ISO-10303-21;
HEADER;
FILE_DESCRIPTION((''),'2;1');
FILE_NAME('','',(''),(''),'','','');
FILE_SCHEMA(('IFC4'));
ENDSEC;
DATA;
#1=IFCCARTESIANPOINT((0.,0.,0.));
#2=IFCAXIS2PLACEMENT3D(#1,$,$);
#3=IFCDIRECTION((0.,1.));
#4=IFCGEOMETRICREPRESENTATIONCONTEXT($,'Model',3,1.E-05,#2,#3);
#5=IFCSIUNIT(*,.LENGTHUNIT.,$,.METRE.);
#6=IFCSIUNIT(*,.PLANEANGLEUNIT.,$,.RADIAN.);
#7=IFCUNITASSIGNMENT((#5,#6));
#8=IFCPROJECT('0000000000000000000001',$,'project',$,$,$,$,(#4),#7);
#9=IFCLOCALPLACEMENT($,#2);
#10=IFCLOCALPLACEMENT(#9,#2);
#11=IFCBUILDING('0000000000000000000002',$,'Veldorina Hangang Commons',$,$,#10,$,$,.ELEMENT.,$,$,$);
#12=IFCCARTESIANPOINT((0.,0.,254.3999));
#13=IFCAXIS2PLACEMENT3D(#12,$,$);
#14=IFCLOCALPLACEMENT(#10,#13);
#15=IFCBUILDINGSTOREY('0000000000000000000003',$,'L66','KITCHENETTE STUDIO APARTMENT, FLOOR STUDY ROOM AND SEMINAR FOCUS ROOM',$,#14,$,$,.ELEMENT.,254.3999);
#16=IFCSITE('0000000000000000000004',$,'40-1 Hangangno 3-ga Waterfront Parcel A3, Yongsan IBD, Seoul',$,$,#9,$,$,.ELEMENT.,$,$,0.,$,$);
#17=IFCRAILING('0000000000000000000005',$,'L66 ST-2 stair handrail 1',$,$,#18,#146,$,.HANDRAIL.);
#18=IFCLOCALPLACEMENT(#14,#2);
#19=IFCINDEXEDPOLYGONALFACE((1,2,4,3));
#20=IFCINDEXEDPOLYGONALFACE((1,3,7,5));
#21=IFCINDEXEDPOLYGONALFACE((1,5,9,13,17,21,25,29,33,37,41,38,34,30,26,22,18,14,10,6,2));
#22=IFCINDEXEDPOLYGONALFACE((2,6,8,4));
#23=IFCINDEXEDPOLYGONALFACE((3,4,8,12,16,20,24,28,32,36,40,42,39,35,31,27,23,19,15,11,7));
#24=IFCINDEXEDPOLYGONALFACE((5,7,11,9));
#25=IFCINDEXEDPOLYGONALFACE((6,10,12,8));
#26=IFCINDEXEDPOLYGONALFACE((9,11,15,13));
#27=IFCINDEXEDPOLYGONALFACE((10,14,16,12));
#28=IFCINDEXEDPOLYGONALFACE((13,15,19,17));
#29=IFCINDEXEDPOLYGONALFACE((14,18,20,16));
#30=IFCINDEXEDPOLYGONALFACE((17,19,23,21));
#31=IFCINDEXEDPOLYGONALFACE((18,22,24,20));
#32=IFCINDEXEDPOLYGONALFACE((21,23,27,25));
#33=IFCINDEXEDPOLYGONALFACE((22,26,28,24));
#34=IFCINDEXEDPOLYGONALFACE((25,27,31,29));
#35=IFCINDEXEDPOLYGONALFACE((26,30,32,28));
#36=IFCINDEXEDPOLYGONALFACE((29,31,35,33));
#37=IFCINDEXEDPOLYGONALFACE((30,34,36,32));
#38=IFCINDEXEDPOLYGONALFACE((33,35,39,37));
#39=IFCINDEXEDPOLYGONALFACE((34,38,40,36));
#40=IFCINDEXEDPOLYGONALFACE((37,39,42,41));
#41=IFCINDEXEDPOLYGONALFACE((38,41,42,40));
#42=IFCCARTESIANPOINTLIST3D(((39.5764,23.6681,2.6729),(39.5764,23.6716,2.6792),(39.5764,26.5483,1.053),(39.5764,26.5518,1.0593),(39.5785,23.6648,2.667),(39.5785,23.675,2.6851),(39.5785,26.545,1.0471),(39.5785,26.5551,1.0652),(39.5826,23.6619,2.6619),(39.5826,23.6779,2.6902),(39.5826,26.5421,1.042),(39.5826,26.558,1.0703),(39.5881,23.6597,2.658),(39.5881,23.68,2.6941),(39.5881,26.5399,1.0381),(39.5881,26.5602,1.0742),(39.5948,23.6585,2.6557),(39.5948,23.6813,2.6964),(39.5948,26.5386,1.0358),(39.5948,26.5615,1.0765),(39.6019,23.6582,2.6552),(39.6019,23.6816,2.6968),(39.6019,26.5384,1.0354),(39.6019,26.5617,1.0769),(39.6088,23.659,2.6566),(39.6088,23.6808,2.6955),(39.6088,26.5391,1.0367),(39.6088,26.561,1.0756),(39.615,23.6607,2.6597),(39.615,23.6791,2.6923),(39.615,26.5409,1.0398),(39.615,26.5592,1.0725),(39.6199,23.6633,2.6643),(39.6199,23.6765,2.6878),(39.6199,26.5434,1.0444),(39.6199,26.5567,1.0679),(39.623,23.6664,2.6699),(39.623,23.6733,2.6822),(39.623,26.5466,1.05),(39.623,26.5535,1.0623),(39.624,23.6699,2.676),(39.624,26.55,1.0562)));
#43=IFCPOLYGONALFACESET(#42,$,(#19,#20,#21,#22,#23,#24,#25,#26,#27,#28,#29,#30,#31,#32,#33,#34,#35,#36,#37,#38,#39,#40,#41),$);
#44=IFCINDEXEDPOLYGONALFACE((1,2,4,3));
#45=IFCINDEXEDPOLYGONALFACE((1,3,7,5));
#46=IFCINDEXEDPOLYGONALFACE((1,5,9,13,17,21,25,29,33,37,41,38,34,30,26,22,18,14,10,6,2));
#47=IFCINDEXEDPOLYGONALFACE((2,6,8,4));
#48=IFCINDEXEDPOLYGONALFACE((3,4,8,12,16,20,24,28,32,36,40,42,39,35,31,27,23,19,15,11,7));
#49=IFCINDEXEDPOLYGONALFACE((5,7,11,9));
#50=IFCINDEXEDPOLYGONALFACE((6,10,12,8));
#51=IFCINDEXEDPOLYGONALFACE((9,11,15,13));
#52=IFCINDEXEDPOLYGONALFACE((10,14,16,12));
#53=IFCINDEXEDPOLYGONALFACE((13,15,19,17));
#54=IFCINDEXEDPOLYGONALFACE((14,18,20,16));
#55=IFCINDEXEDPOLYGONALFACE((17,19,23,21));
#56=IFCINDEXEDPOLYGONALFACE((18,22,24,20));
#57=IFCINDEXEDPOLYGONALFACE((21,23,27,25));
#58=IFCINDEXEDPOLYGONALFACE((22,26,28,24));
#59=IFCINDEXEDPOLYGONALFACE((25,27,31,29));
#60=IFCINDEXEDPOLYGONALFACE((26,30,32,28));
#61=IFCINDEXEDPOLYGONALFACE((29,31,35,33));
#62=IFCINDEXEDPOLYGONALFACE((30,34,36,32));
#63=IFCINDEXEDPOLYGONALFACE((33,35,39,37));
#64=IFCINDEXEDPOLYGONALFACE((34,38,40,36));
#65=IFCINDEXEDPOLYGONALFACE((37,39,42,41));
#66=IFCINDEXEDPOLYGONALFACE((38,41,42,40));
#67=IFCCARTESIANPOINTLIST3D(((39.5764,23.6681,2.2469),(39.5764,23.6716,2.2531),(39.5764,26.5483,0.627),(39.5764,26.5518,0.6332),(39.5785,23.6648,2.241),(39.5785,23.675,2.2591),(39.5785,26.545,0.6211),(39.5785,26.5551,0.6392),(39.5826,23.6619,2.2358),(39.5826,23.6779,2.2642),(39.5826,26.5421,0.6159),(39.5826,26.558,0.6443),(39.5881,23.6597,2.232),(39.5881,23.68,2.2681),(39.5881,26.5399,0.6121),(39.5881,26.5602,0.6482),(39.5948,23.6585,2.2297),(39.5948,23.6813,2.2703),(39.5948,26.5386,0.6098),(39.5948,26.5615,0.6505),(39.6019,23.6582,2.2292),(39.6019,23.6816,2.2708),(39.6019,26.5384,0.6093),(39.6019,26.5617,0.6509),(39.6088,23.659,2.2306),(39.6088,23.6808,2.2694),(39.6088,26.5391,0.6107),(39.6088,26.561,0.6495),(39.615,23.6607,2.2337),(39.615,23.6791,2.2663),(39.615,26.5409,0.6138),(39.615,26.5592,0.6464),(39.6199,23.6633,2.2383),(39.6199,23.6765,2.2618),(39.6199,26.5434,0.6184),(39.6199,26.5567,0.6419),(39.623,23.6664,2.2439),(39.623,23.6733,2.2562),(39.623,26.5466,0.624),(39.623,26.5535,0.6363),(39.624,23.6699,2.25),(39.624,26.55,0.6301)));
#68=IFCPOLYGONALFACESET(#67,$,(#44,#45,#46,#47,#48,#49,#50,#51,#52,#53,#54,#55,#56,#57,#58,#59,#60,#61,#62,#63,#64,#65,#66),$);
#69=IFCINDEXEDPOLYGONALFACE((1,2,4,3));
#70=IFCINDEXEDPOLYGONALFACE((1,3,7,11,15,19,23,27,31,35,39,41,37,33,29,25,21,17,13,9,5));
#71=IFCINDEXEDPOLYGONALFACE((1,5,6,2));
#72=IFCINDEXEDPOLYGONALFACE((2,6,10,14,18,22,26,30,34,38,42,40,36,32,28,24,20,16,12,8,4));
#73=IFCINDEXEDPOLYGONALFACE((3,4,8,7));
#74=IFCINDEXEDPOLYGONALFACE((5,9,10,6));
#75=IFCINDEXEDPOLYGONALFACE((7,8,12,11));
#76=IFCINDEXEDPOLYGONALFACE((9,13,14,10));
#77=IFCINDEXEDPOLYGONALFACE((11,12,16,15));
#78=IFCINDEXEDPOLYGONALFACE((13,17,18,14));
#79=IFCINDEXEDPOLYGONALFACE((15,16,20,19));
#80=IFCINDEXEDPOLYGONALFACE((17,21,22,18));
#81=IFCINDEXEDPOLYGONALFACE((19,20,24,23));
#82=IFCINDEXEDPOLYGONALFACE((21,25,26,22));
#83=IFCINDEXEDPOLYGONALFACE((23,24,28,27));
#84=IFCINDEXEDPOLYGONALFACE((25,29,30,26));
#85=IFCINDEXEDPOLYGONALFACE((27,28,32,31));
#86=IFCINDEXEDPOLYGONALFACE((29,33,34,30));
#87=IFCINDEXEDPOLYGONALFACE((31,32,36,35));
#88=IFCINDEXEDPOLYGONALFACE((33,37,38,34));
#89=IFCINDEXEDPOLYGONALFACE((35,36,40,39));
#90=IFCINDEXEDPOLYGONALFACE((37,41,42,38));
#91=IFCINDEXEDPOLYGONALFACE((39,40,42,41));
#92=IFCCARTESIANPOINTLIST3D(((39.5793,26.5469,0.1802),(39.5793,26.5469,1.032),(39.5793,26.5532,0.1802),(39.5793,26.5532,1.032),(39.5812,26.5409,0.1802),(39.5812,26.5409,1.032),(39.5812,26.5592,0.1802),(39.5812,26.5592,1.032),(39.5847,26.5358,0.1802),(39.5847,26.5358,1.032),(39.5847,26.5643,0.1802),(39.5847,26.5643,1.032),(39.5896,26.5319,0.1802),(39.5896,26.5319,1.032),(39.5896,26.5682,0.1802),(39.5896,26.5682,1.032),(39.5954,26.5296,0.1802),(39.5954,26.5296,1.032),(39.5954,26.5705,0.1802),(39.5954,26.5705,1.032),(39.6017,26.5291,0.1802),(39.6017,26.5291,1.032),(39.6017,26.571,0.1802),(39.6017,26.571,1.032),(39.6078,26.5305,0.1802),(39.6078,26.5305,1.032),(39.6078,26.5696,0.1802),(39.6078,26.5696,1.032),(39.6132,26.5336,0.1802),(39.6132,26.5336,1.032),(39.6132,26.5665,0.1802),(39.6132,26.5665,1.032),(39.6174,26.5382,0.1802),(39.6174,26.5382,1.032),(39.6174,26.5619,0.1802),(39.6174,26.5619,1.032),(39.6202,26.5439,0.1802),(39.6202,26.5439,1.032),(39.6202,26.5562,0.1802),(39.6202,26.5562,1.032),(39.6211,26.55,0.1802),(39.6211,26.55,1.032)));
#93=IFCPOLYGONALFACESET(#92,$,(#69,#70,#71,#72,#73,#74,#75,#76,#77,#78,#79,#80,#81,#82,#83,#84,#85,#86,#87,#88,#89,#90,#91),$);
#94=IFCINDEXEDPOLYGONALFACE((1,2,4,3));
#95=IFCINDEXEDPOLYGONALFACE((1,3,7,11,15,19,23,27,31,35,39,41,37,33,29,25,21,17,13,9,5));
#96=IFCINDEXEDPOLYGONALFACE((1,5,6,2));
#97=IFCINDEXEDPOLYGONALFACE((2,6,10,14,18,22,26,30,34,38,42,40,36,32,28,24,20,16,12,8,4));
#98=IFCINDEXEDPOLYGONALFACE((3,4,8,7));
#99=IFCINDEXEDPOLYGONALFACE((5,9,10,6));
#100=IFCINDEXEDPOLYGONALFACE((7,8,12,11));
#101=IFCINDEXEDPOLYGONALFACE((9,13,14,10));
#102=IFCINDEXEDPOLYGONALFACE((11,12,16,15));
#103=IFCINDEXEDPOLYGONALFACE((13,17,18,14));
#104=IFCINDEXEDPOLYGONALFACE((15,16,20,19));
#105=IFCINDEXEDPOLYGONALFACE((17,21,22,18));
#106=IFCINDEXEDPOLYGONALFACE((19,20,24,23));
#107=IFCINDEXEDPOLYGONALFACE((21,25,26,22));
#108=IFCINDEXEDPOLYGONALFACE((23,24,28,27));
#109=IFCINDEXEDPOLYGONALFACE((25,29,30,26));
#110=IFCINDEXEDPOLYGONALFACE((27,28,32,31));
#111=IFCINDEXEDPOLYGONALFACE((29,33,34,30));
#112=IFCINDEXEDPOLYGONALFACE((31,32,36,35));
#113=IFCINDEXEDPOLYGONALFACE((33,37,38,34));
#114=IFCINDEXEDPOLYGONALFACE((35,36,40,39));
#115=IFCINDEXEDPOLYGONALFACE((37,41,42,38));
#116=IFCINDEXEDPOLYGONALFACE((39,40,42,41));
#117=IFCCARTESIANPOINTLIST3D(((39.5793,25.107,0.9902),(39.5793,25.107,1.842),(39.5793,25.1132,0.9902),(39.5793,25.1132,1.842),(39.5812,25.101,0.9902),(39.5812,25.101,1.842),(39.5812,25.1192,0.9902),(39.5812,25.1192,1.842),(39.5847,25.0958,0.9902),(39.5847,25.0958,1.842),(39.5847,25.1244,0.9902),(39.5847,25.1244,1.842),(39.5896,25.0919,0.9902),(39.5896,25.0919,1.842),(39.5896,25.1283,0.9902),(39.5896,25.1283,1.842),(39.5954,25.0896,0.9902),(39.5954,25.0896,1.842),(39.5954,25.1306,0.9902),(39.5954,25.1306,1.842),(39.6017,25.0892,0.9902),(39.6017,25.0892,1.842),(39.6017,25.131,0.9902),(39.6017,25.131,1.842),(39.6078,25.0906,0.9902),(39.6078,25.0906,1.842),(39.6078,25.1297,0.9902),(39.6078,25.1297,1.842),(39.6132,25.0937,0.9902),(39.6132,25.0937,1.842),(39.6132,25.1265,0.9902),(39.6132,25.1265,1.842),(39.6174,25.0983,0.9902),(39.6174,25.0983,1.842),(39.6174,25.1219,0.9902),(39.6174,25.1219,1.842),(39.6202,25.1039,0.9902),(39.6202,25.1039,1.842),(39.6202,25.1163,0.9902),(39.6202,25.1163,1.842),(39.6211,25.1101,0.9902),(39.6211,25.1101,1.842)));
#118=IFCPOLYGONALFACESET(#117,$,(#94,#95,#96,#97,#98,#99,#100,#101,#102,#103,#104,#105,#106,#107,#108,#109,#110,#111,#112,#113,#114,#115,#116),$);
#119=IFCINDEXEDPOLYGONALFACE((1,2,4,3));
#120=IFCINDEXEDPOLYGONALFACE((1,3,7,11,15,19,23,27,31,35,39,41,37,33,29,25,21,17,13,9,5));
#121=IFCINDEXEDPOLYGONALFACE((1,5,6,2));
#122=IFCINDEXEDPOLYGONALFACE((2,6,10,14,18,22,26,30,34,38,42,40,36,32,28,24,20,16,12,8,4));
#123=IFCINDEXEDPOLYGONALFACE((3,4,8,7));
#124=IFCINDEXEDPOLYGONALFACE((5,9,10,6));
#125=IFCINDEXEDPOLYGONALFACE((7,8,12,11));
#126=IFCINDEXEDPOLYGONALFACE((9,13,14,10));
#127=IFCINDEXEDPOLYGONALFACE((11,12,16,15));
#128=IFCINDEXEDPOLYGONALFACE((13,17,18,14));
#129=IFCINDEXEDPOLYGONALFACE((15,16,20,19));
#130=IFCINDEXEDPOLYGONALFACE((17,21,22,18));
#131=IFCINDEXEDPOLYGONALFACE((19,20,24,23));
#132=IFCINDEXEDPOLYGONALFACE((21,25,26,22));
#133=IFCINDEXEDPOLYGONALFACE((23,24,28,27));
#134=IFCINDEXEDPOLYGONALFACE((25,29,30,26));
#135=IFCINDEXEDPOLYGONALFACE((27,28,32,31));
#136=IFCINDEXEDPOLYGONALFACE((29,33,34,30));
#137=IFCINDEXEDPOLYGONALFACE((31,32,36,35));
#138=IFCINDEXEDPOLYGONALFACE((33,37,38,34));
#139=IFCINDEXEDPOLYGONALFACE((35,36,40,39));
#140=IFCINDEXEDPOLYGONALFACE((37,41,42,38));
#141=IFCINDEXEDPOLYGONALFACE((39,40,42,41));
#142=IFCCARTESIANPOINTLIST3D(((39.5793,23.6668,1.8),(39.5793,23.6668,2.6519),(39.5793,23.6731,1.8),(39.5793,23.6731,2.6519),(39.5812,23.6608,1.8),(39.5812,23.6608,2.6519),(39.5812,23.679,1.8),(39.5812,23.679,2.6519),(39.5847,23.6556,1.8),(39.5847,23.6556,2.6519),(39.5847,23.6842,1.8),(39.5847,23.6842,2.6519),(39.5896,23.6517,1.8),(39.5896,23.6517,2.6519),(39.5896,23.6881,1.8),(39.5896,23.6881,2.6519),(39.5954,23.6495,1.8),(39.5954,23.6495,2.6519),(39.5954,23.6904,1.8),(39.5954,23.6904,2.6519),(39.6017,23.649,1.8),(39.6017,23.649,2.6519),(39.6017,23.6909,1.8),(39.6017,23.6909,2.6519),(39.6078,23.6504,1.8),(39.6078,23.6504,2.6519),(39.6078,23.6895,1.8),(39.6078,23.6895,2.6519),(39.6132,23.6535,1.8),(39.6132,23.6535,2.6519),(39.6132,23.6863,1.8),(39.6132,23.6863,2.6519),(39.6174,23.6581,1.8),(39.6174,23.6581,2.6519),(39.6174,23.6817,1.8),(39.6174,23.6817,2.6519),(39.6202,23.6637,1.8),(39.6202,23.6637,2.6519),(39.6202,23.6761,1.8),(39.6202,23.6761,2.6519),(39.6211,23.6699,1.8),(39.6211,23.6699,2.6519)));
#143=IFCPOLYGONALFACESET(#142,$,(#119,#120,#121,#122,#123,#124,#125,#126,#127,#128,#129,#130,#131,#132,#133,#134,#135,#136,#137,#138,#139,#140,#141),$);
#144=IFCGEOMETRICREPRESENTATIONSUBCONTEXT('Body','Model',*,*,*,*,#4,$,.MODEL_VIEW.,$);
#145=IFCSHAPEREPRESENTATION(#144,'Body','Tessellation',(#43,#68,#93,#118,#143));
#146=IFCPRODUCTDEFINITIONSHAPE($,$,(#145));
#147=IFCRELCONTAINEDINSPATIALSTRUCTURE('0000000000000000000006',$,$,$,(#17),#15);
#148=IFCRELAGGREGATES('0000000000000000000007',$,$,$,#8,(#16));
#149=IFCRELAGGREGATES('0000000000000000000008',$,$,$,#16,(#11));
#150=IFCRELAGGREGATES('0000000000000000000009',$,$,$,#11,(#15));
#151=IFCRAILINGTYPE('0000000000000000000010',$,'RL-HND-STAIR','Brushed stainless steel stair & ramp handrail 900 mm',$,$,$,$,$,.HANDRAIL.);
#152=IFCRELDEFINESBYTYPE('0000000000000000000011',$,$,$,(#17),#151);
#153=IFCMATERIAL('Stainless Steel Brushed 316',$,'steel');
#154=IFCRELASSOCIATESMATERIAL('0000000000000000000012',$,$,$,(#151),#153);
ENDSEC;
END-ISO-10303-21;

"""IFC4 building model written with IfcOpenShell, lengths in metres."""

from ifc_helpers import new_model, si_unit, direction, frame, origin, origin_2d, place, context, subcontext, project, spatial, circle, extrude, material, type_object, element, save


model = new_model("IFC4")

# Units and contexts
model_context = context("Model", 3, precision=1e-05, world=origin(), true_north=direction((0.0, 1.0)))
body_context = subcontext(model_context, "Body", "Model", "MODEL_VIEW")
ifc_project = project(units=[si_unit("LENGTHUNIT", "METRE"), si_unit("PLANEANGLEUNIT", "RADIAN")], contexts=[model_context])

# Site, building, storey
site_placement = place(None, origin())
site = spatial("IfcSite", under=ifc_project, at=site_placement, Name="40-1 Hangangno 3-ga Waterfront Parcel A3, Yongsan IBD, Seoul", CompositionType="ELEMENT", RefElevation=0.0)
building_placement = place(site_placement, origin())
building = spatial("IfcBuilding", under=site, at=building_placement, Name="Veldorina Hangang Commons", CompositionType="ELEMENT")
storey_placement = place(building_placement, frame((0.0, 0.0, 254.3999)))
storey = spatial("IfcBuildingStorey", under=building, at=storey_placement, Name="L66", Description="KITCHENETTE STUDIO APARTMENT, FLOOR STUDY ROOM AND SEMINAR FOCUS ROOM", CompositionType="ELEMENT", Elevation=254.3999)

# Railing
ifc_material_1 = material(Name="Stainless Steel Brushed 316", Category="steel")
railing_type_1 = type_object("IfcRailingType", Name="RL-HND-STAIR", Description="Brushed stainless steel stair & ramp handrail 900 mm", PredefinedType="HANDRAIL", material=ifc_material_1)
railing_1_placement = place(storey_placement, frame((39.6001, 26.55, 0.1802)))
element("IfcRailing", 1, at=railing_1_placement, inside=storey, type_object=railing_type_1, Name="L66 ST-2 stair handrail 1", PredefinedType="HANDRAIL", context=body_context, shape_type="SweptSolid", body=[
    extrude(circle(Radius=0.0239, at=origin_2d()), frame((0.0, 0.0, 0.876), z_axis=(0.0, -0.871601, 0.490216), x_axis=(1.0, 0.0, 0.0)), (0.0, 0.0, 1.0), 3.3044),
    extrude(circle(Radius=0.0239, at=origin_2d()), frame((0.0, 0.0, 0.45), z_axis=(0.0, -0.871601, 0.490216), x_axis=(1.0, 0.0, 0.0)), (0.0, 0.0, 1.0), 3.3044),
    extrude(circle(Radius=0.021, at=origin_2d()), origin(), (0.0, 0.0, 1.0), 0.8518),
    extrude(circle(Radius=0.021, at=origin_2d()), frame((0.0, -1.4399, 0.8101)), (0.0, 0.0, 1.0), 0.8518),
    extrude(circle(Radius=0.021, at=origin_2d()), frame((0.0, -2.8801, 1.6199)), (0.0, 0.0, 1.0), 0.8518),
])

save(model, "model.ifc")
